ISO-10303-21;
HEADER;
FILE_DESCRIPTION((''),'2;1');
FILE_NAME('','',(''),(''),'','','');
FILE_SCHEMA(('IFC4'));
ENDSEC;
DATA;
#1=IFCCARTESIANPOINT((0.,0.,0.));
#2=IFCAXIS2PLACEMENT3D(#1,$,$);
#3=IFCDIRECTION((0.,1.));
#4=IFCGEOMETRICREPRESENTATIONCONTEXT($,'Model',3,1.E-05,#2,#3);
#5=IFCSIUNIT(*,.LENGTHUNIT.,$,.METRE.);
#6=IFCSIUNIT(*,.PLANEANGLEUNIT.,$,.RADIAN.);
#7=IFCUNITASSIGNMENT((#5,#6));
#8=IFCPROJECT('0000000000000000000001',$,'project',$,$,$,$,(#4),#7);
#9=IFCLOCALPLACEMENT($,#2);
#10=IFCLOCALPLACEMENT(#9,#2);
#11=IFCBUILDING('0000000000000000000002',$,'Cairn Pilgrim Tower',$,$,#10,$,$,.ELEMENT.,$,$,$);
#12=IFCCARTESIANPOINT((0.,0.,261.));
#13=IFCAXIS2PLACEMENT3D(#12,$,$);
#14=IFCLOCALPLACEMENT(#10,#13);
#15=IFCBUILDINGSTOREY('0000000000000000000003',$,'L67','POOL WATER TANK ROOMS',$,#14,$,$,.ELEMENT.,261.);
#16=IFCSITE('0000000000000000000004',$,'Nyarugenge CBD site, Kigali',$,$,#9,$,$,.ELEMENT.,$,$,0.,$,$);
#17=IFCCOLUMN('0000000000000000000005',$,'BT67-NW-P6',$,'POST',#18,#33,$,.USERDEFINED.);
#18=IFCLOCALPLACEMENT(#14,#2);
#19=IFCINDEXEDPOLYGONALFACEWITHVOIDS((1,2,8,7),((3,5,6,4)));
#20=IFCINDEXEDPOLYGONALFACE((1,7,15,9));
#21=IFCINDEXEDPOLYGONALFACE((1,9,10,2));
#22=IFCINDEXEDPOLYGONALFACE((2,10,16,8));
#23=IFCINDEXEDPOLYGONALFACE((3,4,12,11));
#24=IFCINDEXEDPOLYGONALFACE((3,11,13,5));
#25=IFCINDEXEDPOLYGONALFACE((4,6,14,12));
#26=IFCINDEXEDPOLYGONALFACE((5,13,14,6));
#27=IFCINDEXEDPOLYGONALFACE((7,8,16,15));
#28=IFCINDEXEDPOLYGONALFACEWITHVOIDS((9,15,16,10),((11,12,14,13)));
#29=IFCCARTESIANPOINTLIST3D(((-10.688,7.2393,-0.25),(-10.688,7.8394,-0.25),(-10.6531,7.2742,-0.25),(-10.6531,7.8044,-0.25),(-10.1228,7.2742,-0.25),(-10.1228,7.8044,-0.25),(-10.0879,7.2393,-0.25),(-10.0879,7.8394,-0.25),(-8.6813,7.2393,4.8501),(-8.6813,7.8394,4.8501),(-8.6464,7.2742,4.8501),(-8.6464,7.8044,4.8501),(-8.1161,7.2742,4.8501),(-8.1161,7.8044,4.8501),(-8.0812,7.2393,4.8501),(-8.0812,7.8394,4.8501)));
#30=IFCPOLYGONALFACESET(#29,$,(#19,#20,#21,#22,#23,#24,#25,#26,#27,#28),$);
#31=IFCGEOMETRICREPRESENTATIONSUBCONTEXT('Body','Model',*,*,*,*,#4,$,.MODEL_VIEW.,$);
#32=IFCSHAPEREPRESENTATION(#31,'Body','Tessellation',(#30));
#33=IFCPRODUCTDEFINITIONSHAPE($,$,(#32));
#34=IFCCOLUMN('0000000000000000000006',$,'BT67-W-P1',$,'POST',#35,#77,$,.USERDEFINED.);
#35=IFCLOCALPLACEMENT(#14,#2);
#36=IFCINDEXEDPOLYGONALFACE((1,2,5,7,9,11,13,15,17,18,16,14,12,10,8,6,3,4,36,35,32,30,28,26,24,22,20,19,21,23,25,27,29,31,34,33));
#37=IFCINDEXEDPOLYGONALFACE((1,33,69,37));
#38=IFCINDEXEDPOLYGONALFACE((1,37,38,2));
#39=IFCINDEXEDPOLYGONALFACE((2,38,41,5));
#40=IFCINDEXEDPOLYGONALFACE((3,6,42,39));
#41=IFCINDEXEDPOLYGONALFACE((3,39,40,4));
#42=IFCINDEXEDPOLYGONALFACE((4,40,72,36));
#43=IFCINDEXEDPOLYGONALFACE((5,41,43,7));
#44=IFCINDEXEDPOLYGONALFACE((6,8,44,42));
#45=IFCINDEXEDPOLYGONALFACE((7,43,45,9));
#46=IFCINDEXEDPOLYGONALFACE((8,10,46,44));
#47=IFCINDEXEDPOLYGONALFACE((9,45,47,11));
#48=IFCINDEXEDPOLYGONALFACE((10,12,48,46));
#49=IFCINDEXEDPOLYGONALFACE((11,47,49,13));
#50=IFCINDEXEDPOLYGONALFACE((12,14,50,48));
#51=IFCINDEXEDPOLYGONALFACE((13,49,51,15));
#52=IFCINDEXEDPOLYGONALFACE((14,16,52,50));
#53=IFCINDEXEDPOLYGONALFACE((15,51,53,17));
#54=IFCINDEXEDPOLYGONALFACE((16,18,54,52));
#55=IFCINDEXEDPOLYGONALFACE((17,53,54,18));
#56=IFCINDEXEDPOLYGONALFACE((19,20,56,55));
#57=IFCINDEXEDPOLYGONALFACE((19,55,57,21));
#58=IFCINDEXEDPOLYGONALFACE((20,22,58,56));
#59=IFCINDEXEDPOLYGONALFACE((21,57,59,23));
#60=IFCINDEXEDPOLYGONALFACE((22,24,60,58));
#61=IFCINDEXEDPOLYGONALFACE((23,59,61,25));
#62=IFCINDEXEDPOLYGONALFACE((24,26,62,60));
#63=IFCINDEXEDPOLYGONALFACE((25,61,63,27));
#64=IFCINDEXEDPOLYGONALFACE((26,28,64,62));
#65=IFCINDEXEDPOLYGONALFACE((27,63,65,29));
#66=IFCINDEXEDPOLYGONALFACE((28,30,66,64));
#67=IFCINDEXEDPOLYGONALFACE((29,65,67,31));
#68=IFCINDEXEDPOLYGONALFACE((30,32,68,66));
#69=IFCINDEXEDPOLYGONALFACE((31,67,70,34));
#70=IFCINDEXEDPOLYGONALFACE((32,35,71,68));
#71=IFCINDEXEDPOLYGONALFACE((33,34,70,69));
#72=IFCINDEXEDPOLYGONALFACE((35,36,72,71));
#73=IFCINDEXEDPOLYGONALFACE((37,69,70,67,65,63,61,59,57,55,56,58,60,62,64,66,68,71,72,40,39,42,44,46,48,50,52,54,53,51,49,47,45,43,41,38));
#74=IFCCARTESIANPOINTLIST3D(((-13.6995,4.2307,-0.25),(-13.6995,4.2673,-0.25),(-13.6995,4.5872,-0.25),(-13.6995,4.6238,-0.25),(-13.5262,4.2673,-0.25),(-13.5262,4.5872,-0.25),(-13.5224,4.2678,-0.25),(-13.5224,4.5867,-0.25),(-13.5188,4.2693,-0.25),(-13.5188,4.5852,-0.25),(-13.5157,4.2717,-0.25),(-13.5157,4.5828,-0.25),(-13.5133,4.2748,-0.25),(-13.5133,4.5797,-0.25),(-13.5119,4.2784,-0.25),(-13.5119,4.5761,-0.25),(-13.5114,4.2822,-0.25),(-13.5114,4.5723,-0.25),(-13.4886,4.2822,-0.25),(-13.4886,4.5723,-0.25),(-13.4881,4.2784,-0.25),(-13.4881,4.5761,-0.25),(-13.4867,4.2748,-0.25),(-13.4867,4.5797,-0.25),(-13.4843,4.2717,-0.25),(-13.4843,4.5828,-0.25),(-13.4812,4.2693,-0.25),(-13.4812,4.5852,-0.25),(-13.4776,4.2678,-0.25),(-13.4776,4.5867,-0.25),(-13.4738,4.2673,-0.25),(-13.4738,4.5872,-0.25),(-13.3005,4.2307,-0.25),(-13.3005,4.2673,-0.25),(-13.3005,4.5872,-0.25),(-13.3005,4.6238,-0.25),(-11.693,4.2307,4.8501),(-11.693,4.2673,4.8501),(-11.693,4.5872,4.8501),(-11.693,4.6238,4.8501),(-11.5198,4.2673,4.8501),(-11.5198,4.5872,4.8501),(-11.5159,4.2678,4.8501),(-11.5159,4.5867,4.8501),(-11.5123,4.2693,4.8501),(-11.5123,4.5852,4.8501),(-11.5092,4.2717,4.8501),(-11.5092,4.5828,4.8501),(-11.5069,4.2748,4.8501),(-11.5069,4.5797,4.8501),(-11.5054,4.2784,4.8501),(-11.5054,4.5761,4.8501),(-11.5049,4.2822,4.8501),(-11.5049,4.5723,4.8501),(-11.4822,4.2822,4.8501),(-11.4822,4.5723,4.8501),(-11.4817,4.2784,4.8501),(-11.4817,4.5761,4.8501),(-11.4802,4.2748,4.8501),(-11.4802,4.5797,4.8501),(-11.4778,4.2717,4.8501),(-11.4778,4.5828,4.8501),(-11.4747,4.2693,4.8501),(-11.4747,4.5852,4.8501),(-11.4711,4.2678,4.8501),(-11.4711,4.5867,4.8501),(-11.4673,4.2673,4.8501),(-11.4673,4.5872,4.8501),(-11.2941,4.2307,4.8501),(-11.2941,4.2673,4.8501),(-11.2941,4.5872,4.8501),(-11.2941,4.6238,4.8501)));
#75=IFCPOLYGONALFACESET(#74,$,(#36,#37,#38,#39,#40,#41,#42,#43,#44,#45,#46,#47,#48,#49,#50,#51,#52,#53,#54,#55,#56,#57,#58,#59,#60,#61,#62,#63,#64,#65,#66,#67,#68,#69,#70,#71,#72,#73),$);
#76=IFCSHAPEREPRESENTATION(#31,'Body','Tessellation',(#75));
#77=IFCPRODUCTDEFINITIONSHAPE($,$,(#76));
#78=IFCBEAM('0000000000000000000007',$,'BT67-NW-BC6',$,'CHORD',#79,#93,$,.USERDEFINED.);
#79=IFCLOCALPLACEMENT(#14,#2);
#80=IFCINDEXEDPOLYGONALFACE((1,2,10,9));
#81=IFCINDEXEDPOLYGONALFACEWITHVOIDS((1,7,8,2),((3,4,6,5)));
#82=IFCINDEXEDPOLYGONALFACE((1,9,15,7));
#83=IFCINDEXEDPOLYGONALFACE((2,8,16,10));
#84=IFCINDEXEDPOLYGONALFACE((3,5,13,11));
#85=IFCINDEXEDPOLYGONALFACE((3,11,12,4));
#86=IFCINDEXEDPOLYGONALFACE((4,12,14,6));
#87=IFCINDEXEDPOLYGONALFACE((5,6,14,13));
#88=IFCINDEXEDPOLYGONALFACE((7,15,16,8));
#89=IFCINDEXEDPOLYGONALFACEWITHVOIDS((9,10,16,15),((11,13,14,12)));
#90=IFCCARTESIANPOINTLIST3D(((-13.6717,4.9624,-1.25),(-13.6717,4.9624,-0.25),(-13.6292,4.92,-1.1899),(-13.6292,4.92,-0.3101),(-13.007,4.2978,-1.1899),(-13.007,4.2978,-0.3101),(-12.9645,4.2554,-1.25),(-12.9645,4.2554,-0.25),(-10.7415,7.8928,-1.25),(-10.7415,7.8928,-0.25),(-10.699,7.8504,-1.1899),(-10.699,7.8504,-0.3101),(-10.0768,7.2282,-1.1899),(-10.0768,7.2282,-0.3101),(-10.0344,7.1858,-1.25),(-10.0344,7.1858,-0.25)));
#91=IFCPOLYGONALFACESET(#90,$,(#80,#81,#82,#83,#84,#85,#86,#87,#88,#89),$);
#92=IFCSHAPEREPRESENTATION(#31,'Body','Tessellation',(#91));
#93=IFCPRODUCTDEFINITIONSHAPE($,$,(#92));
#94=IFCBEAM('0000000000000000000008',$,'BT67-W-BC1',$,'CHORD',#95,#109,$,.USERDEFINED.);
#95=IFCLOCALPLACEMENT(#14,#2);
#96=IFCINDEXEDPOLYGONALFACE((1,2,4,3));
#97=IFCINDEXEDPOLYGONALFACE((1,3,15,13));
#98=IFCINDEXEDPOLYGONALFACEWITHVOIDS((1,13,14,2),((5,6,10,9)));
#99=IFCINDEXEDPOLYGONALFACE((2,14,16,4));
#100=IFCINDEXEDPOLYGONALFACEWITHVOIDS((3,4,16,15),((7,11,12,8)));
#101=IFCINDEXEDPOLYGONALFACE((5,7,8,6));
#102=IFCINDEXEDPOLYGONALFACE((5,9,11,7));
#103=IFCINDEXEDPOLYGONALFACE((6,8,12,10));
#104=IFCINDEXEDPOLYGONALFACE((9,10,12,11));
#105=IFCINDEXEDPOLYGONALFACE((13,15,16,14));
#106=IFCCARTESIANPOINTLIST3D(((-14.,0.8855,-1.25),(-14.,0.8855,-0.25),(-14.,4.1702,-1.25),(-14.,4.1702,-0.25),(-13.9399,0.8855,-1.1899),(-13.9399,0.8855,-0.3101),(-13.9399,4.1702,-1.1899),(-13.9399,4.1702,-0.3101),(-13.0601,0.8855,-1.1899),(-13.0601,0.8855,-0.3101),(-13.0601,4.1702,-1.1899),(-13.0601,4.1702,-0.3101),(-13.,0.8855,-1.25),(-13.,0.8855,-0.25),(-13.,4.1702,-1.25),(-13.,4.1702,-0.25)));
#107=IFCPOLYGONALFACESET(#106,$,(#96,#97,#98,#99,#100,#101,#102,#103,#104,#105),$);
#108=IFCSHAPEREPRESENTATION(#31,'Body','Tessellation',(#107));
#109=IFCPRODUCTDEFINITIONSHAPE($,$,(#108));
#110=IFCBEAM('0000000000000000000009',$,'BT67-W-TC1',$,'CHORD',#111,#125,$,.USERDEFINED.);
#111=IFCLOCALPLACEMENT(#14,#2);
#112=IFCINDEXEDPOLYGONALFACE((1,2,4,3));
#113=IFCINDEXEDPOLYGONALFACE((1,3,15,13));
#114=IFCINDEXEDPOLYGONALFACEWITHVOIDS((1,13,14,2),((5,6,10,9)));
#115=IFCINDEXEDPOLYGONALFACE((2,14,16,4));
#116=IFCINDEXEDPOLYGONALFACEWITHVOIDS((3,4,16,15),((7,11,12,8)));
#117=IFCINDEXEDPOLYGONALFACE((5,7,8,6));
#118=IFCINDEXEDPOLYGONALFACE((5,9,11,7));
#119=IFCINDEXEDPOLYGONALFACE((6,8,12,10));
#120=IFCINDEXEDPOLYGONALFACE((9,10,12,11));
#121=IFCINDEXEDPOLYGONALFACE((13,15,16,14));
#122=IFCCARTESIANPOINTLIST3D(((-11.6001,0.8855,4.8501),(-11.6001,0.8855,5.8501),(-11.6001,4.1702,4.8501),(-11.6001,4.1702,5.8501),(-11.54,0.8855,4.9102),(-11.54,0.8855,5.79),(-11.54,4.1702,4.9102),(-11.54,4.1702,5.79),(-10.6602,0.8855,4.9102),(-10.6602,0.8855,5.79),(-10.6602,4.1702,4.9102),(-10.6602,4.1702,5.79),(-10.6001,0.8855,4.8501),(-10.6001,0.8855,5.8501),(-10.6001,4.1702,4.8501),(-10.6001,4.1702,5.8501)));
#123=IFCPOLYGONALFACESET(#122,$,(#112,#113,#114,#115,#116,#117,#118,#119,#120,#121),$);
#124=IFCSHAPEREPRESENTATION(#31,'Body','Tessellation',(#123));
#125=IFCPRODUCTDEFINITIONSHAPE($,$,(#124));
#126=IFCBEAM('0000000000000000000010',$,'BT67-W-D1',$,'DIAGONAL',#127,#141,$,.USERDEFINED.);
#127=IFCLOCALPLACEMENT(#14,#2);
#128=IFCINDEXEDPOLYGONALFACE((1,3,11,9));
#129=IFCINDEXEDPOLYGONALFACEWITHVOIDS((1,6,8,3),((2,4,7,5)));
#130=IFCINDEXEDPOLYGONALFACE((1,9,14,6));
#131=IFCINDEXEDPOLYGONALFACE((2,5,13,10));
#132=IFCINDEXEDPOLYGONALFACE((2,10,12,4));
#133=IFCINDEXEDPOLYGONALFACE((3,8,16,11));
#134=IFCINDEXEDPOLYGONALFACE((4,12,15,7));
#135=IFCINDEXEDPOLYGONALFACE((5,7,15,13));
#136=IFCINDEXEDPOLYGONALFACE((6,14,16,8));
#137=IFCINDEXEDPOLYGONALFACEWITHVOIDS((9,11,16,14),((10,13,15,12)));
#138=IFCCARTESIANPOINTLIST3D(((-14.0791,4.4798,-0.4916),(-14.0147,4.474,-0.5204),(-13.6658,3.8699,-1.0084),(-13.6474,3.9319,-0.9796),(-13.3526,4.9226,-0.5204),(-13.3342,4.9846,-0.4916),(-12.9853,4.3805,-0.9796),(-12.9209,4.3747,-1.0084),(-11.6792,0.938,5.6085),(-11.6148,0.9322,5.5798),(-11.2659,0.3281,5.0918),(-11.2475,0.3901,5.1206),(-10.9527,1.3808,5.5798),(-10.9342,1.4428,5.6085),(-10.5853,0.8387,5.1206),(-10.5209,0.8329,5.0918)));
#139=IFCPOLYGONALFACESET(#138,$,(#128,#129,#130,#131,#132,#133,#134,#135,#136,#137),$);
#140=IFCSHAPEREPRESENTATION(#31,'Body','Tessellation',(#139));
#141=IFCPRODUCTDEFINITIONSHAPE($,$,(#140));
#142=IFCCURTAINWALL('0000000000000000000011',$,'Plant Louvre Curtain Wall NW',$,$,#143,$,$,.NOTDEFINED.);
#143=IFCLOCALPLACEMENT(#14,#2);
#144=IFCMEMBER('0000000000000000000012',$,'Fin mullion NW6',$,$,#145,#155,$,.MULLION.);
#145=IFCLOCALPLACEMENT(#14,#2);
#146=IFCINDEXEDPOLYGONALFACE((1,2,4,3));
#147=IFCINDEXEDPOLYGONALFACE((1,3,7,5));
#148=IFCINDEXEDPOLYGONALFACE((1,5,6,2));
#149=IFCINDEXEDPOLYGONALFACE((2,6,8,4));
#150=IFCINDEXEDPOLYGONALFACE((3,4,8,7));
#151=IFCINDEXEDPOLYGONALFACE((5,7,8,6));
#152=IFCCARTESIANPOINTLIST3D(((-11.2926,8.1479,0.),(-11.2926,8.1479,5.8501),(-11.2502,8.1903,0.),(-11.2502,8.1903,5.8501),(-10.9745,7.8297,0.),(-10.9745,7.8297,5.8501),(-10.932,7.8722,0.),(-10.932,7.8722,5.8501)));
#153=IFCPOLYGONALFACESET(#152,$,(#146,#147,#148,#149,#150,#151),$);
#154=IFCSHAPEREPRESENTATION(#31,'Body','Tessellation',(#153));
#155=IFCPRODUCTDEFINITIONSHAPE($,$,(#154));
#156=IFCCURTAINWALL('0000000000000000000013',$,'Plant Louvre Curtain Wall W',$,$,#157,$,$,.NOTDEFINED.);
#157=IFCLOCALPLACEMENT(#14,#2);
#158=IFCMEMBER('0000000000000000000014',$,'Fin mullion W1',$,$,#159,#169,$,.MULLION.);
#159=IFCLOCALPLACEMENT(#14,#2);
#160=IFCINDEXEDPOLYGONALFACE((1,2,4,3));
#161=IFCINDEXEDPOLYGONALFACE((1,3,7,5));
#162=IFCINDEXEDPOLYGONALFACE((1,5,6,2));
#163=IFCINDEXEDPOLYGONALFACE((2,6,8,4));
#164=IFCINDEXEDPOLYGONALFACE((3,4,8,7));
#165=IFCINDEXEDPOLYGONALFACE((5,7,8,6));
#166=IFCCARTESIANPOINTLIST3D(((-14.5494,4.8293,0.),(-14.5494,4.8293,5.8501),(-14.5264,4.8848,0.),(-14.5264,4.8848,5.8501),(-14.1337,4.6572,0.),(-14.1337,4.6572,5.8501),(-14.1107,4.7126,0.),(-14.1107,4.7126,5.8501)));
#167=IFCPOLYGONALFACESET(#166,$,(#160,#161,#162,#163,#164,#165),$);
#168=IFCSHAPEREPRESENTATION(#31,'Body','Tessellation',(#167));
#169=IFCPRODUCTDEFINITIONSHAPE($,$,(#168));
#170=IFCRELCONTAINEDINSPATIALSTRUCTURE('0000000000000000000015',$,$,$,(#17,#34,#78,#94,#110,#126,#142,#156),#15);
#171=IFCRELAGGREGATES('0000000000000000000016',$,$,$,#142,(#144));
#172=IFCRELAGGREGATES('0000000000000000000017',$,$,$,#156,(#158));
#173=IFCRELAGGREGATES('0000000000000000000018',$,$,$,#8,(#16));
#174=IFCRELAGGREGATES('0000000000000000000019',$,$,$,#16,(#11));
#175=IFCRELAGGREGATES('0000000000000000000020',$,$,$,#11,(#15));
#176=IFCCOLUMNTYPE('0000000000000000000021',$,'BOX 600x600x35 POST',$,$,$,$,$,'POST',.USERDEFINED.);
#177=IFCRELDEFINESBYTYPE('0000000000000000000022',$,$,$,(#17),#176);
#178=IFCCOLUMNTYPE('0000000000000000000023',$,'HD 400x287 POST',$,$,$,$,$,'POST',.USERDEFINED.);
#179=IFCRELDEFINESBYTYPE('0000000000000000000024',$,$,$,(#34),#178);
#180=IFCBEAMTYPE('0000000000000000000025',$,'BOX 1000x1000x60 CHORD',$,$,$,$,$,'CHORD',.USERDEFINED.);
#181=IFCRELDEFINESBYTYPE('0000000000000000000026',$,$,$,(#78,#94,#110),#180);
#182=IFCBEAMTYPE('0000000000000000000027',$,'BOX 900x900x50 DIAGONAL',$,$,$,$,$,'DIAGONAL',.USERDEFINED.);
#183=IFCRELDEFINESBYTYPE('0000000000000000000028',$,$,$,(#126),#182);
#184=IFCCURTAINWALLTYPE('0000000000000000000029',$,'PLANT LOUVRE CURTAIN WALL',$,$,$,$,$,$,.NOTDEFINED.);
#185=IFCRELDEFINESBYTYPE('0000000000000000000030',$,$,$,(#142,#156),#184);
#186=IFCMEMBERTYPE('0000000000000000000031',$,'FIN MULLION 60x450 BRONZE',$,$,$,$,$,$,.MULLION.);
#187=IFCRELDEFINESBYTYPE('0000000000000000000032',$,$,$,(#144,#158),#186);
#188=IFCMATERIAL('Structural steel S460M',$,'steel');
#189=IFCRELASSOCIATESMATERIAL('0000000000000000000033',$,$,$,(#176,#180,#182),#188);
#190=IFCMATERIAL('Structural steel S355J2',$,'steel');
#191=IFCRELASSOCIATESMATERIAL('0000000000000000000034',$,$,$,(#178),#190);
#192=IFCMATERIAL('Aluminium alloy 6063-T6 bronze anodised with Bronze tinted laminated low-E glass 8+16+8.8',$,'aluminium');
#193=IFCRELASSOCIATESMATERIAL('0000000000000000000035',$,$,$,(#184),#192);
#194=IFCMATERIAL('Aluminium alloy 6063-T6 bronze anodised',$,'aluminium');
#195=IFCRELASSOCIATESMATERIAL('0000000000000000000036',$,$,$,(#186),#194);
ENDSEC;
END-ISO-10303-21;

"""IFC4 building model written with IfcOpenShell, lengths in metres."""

from ifc_helpers import new_model, si_unit, direction, frame, origin, origin_2d, place, context, subcontext, project, spatial, rectangle, hollow_rectangle, i_section, extrude, clip, halfspace, material, material_profile, profile_set, type_object, element, aggregate, save


model = new_model("IFC4")

# Units and contexts
model_context = context("Model", 3, precision=1e-05, world=origin(), true_north=direction((0.0, 1.0)))
body_context = subcontext(model_context, "Body", "Model", "MODEL_VIEW")
ifc_project = project(units=[si_unit("LENGTHUNIT", "METRE"), si_unit("PLANEANGLEUNIT", "RADIAN")], contexts=[model_context])

# Site, building, storey
site_placement = place(None, origin())
site = spatial("IfcSite", under=ifc_project, at=site_placement, Name="Nyarugenge CBD site, Kigali", CompositionType="ELEMENT", RefElevation=0.0)
building_placement = place(site_placement, origin())
building = spatial("IfcBuilding", under=site, at=building_placement, Name="Cairn Pilgrim Tower", CompositionType="ELEMENT")
storey_placement = place(building_placement, frame((0.0, 0.0, 261.0)))
storey = spatial("IfcBuildingStorey", under=building, at=storey_placement, Name="L67", Description="POOL WATER TANK ROOMS", CompositionType="ELEMENT", Elevation=261.0)

# Columns
ifc_material_1 = material(Name="Structural steel S460M", Category="steel")
ifc_material_profile_1 = material_profile(ifc_material_1, hollow_rectangle(XDim=0.6001, YDim=0.6001, WallThickness=0.0349, at=origin_2d()), Name="BOX 600x600x35")
ifc_profile_set_1 = profile_set([ifc_material_profile_1], Name="Structural steel S460M")
column_type_1 = type_object("IfcColumnType", Name="BOX 600x600x35 POST", ElementType="POST", PredefinedType="USERDEFINED", material=ifc_profile_set_1)
column_1_placement = place(storey_placement, frame((-10.3879, 7.5393, -0.25), z_axis=(0.0, 0.0, 1.0), x_axis=(1.0, 0.0, 0.0)))
element("IfcColumn", 1, at=column_1_placement, inside=storey, type_object=column_type_1, Name="BT67-NW-P6", ObjectType="POST", PredefinedType="USERDEFINED", context=body_context, shape_type="Clipping", body=[
    clip(extrude(hollow_rectangle(XDim=0.6001, YDim=0.6001, WallThickness=0.0349, at=origin_2d()), origin(), (0.366139, 0.0, 0.93056), 6.5552), halfspace(frame((0.0, 0.0, 5.1001), z_axis=(0.0, 0.0, 1.0), x_axis=(1.0, 0.0, 0.0)), False)),
])
ifc_material_2 = material(Name="Structural steel S355J2", Category="steel")
ifc_material_profile_2 = material_profile(ifc_material_2, i_section(OverallWidth=0.3989, OverallDepth=0.3931, WebThickness=0.0227, FlangeThickness=0.0366, FilletRadius=0.0149, at=origin_2d()), Name="HD 400x287")
ifc_profile_set_2 = profile_set([ifc_material_profile_2], Name="Structural steel S355J2")
column_type_2 = type_object("IfcColumnType", Name="HD 400x287 POST", ElementType="POST", PredefinedType="USERDEFINED", material=ifc_profile_set_2)
column_2_placement = place(storey_placement, frame((-13.5, 4.4272, -0.25), z_axis=(0.0, 0.0, 1.0), x_axis=(1.0, 0.0, 0.0)))
element("IfcColumn", 2, at=column_2_placement, inside=storey, type_object=column_type_2, Name="BT67-W-P1", ObjectType="POST", PredefinedType="USERDEFINED", context=body_context, shape_type="Clipping", body=[
    clip(extrude(i_section(OverallWidth=0.3989, OverallDepth=0.3931, WebThickness=0.0227, FlangeThickness=0.0366, FilletRadius=0.0149, at=origin_2d()), origin(), (0.366106, 0.0, 0.930573), 6.5552), halfspace(frame((0.0, 0.0, 5.1001), z_axis=(0.0, 0.0, 1.0), x_axis=(1.0, 0.0, 0.0)), False)),
])

# Beams
ifc_material_profile_3 = material_profile(ifc_material_1, hollow_rectangle(XDim=1.0, YDim=1.0, WallThickness=0.0601, at=origin_2d()), Name="BOX 1000x1000x60")
ifc_profile_set_3 = profile_set([ifc_material_profile_3], Name="Structural steel S460M")
beam_type_1 = type_object("IfcBeamType", Name="BOX 1000x1000x60 CHORD", ElementType="CHORD", PredefinedType="USERDEFINED", material=ifc_profile_set_3)
beam_1_placement = place(storey_placement, frame((-10.3879, 7.5393, -0.75), z_axis=(-0.707077, -0.707136, 0.0), x_axis=(0.707136, -0.707077, 0.0)))
element("IfcBeam", 3, at=beam_1_placement, inside=storey, type_object=beam_type_1, Name="BT67-NW-BC6", ObjectType="CHORD", PredefinedType="USERDEFINED", context=body_context, shape_type="SweptSolid", body=[
    extrude(hollow_rectangle(XDim=1.0, YDim=1.0, WallThickness=0.0601, at=origin_2d()), origin(), (0.0, 0.0, 1.0), 4.144),
])
for number, where, z_axis, x_axis, name in (
    (4, (-13.5, 4.1702, -0.75), (0.0, -1.0, 0.0), (1.0, 0.0, 0.0), "BT67-W-BC1"),
    (5, (-11.1001, 4.1702, 5.3501), (0.0, -1.0, 0.0), (1.0, 0.0, 0.0), "BT67-W-TC1"),
):
    element("IfcBeam", number, at=place(storey_placement, frame(where, z_axis=z_axis, x_axis=x_axis)), inside=storey, type_object=beam_type_1, Name=name, ObjectType="CHORD", PredefinedType="USERDEFINED", context=body_context, shape_type="SweptSolid", body=[
        extrude(hollow_rectangle(XDim=1.0, YDim=1.0, WallThickness=0.0601, at=origin_2d()), origin(), (0.0, 0.0, 1.0), 3.2847),
    ])
ifc_material_profile_4 = material_profile(ifc_material_1, hollow_rectangle(XDim=0.8999, YDim=0.8999, WallThickness=0.05, at=origin_2d()), Name="BOX 900x900x50")
ifc_profile_set_4 = profile_set([ifc_material_profile_4], Name="Structural steel S460M")
beam_type_2 = type_object("IfcBeamType", Name="BOX 900x900x50 DIAGONAL", ElementType="DIAGONAL", PredefinedType="USERDEFINED", material=ifc_profile_set_4)
beam_2_placement = place(storey_placement, frame((-13.5, 4.4272, -0.75), z_axis=(0.322099, -0.47535, 0.818715), x_axis=(0.827848, 0.560953, 0.0)))
element("IfcBeam", 6, at=beam_2_placement, inside=storey, type_object=beam_type_2, Name="BT67-W-D1", ObjectType="DIAGONAL", PredefinedType="USERDEFINED", context=body_context, shape_type="SweptSolid", body=[
    extrude(hollow_rectangle(XDim=0.8999, YDim=0.8999, WallThickness=0.05, at=origin_2d()), origin(), (0.0, 0.0, 1.0), 7.4509),
])

# Curtain walls, members
ifc_material_3 = material(Name="Aluminium alloy 6063-T6 bronze anodised with Bronze tinted laminated low-E glass 8+16+8.8", Category="aluminium")
curtain_wall_type = type_object("IfcCurtainWallType", Name="PLANT LOUVRE CURTAIN WALL", PredefinedType="NOTDEFINED", material=ifc_material_3)
curtain_wall_1_placement = place(storey_placement, origin())
curtain_wall_1 = element("IfcCurtainWall", 7, at=curtain_wall_1_placement, inside=storey, type_object=curtain_wall_type, Name="Plant Louvre Curtain Wall NW", PredefinedType="NOTDEFINED")
ifc_material_4 = material(Name="Aluminium alloy 6063-T6 bronze anodised", Category="aluminium")
ifc_material_profile_5 = material_profile(ifc_material_4, rectangle(XDim=0.45, YDim=0.0601, at=origin_2d()), Name="FIN MULLION 60x450 BRONZE")
ifc_profile_set_5 = profile_set([ifc_material_profile_5], Name="Aluminium alloy 6063-T6 bronze anodised")
member_type_1 = type_object("IfcMemberType", Name="FIN MULLION 60x450 BRONZE", PredefinedType="MULLION", material=ifc_profile_set_5)
member_1_placement = place(storey_placement, frame((-11.1123, 8.01, 0.0), z_axis=(0.0, 0.0, 1.0), x_axis=(-0.707107, 0.707107, 0.0)))
member_1 = element("IfcMember", 8, at=member_1_placement, type_object=member_type_1, Name="Fin mullion NW6", PredefinedType="MULLION", context=body_context, shape_type="SweptSolid", body=[
    extrude(rectangle(XDim=0.45, YDim=0.0601, at=origin_2d()), origin(), (0.0, 0.0, 1.0), 5.8501),
])
curtain_wall_2_placement = place(storey_placement, origin())
curtain_wall_2 = element("IfcCurtainWall", 9, at=curtain_wall_2_placement, inside=storey, type_object=curtain_wall_type, Name="Plant Louvre Curtain Wall W", PredefinedType="NOTDEFINED")
member_2_placement = place(storey_placement, frame((-14.3301, 4.771, 0.0), z_axis=(0.0, 0.0, 1.0), x_axis=(-0.92388, 0.382683, 0.0)))
member_2 = element("IfcMember", 10, at=member_2_placement, type_object=member_type_1, Name="Fin mullion W1", PredefinedType="MULLION", context=body_context, shape_type="SweptSolid", body=[
    extrude(rectangle(XDim=0.45, YDim=0.0601, at=origin_2d()), origin(), (0.0, 0.0, 1.0), 5.8501),
])

aggregate(curtain_wall_1, [member_1])
aggregate(curtain_wall_2, [member_2])

save(model, "model.ifc")
